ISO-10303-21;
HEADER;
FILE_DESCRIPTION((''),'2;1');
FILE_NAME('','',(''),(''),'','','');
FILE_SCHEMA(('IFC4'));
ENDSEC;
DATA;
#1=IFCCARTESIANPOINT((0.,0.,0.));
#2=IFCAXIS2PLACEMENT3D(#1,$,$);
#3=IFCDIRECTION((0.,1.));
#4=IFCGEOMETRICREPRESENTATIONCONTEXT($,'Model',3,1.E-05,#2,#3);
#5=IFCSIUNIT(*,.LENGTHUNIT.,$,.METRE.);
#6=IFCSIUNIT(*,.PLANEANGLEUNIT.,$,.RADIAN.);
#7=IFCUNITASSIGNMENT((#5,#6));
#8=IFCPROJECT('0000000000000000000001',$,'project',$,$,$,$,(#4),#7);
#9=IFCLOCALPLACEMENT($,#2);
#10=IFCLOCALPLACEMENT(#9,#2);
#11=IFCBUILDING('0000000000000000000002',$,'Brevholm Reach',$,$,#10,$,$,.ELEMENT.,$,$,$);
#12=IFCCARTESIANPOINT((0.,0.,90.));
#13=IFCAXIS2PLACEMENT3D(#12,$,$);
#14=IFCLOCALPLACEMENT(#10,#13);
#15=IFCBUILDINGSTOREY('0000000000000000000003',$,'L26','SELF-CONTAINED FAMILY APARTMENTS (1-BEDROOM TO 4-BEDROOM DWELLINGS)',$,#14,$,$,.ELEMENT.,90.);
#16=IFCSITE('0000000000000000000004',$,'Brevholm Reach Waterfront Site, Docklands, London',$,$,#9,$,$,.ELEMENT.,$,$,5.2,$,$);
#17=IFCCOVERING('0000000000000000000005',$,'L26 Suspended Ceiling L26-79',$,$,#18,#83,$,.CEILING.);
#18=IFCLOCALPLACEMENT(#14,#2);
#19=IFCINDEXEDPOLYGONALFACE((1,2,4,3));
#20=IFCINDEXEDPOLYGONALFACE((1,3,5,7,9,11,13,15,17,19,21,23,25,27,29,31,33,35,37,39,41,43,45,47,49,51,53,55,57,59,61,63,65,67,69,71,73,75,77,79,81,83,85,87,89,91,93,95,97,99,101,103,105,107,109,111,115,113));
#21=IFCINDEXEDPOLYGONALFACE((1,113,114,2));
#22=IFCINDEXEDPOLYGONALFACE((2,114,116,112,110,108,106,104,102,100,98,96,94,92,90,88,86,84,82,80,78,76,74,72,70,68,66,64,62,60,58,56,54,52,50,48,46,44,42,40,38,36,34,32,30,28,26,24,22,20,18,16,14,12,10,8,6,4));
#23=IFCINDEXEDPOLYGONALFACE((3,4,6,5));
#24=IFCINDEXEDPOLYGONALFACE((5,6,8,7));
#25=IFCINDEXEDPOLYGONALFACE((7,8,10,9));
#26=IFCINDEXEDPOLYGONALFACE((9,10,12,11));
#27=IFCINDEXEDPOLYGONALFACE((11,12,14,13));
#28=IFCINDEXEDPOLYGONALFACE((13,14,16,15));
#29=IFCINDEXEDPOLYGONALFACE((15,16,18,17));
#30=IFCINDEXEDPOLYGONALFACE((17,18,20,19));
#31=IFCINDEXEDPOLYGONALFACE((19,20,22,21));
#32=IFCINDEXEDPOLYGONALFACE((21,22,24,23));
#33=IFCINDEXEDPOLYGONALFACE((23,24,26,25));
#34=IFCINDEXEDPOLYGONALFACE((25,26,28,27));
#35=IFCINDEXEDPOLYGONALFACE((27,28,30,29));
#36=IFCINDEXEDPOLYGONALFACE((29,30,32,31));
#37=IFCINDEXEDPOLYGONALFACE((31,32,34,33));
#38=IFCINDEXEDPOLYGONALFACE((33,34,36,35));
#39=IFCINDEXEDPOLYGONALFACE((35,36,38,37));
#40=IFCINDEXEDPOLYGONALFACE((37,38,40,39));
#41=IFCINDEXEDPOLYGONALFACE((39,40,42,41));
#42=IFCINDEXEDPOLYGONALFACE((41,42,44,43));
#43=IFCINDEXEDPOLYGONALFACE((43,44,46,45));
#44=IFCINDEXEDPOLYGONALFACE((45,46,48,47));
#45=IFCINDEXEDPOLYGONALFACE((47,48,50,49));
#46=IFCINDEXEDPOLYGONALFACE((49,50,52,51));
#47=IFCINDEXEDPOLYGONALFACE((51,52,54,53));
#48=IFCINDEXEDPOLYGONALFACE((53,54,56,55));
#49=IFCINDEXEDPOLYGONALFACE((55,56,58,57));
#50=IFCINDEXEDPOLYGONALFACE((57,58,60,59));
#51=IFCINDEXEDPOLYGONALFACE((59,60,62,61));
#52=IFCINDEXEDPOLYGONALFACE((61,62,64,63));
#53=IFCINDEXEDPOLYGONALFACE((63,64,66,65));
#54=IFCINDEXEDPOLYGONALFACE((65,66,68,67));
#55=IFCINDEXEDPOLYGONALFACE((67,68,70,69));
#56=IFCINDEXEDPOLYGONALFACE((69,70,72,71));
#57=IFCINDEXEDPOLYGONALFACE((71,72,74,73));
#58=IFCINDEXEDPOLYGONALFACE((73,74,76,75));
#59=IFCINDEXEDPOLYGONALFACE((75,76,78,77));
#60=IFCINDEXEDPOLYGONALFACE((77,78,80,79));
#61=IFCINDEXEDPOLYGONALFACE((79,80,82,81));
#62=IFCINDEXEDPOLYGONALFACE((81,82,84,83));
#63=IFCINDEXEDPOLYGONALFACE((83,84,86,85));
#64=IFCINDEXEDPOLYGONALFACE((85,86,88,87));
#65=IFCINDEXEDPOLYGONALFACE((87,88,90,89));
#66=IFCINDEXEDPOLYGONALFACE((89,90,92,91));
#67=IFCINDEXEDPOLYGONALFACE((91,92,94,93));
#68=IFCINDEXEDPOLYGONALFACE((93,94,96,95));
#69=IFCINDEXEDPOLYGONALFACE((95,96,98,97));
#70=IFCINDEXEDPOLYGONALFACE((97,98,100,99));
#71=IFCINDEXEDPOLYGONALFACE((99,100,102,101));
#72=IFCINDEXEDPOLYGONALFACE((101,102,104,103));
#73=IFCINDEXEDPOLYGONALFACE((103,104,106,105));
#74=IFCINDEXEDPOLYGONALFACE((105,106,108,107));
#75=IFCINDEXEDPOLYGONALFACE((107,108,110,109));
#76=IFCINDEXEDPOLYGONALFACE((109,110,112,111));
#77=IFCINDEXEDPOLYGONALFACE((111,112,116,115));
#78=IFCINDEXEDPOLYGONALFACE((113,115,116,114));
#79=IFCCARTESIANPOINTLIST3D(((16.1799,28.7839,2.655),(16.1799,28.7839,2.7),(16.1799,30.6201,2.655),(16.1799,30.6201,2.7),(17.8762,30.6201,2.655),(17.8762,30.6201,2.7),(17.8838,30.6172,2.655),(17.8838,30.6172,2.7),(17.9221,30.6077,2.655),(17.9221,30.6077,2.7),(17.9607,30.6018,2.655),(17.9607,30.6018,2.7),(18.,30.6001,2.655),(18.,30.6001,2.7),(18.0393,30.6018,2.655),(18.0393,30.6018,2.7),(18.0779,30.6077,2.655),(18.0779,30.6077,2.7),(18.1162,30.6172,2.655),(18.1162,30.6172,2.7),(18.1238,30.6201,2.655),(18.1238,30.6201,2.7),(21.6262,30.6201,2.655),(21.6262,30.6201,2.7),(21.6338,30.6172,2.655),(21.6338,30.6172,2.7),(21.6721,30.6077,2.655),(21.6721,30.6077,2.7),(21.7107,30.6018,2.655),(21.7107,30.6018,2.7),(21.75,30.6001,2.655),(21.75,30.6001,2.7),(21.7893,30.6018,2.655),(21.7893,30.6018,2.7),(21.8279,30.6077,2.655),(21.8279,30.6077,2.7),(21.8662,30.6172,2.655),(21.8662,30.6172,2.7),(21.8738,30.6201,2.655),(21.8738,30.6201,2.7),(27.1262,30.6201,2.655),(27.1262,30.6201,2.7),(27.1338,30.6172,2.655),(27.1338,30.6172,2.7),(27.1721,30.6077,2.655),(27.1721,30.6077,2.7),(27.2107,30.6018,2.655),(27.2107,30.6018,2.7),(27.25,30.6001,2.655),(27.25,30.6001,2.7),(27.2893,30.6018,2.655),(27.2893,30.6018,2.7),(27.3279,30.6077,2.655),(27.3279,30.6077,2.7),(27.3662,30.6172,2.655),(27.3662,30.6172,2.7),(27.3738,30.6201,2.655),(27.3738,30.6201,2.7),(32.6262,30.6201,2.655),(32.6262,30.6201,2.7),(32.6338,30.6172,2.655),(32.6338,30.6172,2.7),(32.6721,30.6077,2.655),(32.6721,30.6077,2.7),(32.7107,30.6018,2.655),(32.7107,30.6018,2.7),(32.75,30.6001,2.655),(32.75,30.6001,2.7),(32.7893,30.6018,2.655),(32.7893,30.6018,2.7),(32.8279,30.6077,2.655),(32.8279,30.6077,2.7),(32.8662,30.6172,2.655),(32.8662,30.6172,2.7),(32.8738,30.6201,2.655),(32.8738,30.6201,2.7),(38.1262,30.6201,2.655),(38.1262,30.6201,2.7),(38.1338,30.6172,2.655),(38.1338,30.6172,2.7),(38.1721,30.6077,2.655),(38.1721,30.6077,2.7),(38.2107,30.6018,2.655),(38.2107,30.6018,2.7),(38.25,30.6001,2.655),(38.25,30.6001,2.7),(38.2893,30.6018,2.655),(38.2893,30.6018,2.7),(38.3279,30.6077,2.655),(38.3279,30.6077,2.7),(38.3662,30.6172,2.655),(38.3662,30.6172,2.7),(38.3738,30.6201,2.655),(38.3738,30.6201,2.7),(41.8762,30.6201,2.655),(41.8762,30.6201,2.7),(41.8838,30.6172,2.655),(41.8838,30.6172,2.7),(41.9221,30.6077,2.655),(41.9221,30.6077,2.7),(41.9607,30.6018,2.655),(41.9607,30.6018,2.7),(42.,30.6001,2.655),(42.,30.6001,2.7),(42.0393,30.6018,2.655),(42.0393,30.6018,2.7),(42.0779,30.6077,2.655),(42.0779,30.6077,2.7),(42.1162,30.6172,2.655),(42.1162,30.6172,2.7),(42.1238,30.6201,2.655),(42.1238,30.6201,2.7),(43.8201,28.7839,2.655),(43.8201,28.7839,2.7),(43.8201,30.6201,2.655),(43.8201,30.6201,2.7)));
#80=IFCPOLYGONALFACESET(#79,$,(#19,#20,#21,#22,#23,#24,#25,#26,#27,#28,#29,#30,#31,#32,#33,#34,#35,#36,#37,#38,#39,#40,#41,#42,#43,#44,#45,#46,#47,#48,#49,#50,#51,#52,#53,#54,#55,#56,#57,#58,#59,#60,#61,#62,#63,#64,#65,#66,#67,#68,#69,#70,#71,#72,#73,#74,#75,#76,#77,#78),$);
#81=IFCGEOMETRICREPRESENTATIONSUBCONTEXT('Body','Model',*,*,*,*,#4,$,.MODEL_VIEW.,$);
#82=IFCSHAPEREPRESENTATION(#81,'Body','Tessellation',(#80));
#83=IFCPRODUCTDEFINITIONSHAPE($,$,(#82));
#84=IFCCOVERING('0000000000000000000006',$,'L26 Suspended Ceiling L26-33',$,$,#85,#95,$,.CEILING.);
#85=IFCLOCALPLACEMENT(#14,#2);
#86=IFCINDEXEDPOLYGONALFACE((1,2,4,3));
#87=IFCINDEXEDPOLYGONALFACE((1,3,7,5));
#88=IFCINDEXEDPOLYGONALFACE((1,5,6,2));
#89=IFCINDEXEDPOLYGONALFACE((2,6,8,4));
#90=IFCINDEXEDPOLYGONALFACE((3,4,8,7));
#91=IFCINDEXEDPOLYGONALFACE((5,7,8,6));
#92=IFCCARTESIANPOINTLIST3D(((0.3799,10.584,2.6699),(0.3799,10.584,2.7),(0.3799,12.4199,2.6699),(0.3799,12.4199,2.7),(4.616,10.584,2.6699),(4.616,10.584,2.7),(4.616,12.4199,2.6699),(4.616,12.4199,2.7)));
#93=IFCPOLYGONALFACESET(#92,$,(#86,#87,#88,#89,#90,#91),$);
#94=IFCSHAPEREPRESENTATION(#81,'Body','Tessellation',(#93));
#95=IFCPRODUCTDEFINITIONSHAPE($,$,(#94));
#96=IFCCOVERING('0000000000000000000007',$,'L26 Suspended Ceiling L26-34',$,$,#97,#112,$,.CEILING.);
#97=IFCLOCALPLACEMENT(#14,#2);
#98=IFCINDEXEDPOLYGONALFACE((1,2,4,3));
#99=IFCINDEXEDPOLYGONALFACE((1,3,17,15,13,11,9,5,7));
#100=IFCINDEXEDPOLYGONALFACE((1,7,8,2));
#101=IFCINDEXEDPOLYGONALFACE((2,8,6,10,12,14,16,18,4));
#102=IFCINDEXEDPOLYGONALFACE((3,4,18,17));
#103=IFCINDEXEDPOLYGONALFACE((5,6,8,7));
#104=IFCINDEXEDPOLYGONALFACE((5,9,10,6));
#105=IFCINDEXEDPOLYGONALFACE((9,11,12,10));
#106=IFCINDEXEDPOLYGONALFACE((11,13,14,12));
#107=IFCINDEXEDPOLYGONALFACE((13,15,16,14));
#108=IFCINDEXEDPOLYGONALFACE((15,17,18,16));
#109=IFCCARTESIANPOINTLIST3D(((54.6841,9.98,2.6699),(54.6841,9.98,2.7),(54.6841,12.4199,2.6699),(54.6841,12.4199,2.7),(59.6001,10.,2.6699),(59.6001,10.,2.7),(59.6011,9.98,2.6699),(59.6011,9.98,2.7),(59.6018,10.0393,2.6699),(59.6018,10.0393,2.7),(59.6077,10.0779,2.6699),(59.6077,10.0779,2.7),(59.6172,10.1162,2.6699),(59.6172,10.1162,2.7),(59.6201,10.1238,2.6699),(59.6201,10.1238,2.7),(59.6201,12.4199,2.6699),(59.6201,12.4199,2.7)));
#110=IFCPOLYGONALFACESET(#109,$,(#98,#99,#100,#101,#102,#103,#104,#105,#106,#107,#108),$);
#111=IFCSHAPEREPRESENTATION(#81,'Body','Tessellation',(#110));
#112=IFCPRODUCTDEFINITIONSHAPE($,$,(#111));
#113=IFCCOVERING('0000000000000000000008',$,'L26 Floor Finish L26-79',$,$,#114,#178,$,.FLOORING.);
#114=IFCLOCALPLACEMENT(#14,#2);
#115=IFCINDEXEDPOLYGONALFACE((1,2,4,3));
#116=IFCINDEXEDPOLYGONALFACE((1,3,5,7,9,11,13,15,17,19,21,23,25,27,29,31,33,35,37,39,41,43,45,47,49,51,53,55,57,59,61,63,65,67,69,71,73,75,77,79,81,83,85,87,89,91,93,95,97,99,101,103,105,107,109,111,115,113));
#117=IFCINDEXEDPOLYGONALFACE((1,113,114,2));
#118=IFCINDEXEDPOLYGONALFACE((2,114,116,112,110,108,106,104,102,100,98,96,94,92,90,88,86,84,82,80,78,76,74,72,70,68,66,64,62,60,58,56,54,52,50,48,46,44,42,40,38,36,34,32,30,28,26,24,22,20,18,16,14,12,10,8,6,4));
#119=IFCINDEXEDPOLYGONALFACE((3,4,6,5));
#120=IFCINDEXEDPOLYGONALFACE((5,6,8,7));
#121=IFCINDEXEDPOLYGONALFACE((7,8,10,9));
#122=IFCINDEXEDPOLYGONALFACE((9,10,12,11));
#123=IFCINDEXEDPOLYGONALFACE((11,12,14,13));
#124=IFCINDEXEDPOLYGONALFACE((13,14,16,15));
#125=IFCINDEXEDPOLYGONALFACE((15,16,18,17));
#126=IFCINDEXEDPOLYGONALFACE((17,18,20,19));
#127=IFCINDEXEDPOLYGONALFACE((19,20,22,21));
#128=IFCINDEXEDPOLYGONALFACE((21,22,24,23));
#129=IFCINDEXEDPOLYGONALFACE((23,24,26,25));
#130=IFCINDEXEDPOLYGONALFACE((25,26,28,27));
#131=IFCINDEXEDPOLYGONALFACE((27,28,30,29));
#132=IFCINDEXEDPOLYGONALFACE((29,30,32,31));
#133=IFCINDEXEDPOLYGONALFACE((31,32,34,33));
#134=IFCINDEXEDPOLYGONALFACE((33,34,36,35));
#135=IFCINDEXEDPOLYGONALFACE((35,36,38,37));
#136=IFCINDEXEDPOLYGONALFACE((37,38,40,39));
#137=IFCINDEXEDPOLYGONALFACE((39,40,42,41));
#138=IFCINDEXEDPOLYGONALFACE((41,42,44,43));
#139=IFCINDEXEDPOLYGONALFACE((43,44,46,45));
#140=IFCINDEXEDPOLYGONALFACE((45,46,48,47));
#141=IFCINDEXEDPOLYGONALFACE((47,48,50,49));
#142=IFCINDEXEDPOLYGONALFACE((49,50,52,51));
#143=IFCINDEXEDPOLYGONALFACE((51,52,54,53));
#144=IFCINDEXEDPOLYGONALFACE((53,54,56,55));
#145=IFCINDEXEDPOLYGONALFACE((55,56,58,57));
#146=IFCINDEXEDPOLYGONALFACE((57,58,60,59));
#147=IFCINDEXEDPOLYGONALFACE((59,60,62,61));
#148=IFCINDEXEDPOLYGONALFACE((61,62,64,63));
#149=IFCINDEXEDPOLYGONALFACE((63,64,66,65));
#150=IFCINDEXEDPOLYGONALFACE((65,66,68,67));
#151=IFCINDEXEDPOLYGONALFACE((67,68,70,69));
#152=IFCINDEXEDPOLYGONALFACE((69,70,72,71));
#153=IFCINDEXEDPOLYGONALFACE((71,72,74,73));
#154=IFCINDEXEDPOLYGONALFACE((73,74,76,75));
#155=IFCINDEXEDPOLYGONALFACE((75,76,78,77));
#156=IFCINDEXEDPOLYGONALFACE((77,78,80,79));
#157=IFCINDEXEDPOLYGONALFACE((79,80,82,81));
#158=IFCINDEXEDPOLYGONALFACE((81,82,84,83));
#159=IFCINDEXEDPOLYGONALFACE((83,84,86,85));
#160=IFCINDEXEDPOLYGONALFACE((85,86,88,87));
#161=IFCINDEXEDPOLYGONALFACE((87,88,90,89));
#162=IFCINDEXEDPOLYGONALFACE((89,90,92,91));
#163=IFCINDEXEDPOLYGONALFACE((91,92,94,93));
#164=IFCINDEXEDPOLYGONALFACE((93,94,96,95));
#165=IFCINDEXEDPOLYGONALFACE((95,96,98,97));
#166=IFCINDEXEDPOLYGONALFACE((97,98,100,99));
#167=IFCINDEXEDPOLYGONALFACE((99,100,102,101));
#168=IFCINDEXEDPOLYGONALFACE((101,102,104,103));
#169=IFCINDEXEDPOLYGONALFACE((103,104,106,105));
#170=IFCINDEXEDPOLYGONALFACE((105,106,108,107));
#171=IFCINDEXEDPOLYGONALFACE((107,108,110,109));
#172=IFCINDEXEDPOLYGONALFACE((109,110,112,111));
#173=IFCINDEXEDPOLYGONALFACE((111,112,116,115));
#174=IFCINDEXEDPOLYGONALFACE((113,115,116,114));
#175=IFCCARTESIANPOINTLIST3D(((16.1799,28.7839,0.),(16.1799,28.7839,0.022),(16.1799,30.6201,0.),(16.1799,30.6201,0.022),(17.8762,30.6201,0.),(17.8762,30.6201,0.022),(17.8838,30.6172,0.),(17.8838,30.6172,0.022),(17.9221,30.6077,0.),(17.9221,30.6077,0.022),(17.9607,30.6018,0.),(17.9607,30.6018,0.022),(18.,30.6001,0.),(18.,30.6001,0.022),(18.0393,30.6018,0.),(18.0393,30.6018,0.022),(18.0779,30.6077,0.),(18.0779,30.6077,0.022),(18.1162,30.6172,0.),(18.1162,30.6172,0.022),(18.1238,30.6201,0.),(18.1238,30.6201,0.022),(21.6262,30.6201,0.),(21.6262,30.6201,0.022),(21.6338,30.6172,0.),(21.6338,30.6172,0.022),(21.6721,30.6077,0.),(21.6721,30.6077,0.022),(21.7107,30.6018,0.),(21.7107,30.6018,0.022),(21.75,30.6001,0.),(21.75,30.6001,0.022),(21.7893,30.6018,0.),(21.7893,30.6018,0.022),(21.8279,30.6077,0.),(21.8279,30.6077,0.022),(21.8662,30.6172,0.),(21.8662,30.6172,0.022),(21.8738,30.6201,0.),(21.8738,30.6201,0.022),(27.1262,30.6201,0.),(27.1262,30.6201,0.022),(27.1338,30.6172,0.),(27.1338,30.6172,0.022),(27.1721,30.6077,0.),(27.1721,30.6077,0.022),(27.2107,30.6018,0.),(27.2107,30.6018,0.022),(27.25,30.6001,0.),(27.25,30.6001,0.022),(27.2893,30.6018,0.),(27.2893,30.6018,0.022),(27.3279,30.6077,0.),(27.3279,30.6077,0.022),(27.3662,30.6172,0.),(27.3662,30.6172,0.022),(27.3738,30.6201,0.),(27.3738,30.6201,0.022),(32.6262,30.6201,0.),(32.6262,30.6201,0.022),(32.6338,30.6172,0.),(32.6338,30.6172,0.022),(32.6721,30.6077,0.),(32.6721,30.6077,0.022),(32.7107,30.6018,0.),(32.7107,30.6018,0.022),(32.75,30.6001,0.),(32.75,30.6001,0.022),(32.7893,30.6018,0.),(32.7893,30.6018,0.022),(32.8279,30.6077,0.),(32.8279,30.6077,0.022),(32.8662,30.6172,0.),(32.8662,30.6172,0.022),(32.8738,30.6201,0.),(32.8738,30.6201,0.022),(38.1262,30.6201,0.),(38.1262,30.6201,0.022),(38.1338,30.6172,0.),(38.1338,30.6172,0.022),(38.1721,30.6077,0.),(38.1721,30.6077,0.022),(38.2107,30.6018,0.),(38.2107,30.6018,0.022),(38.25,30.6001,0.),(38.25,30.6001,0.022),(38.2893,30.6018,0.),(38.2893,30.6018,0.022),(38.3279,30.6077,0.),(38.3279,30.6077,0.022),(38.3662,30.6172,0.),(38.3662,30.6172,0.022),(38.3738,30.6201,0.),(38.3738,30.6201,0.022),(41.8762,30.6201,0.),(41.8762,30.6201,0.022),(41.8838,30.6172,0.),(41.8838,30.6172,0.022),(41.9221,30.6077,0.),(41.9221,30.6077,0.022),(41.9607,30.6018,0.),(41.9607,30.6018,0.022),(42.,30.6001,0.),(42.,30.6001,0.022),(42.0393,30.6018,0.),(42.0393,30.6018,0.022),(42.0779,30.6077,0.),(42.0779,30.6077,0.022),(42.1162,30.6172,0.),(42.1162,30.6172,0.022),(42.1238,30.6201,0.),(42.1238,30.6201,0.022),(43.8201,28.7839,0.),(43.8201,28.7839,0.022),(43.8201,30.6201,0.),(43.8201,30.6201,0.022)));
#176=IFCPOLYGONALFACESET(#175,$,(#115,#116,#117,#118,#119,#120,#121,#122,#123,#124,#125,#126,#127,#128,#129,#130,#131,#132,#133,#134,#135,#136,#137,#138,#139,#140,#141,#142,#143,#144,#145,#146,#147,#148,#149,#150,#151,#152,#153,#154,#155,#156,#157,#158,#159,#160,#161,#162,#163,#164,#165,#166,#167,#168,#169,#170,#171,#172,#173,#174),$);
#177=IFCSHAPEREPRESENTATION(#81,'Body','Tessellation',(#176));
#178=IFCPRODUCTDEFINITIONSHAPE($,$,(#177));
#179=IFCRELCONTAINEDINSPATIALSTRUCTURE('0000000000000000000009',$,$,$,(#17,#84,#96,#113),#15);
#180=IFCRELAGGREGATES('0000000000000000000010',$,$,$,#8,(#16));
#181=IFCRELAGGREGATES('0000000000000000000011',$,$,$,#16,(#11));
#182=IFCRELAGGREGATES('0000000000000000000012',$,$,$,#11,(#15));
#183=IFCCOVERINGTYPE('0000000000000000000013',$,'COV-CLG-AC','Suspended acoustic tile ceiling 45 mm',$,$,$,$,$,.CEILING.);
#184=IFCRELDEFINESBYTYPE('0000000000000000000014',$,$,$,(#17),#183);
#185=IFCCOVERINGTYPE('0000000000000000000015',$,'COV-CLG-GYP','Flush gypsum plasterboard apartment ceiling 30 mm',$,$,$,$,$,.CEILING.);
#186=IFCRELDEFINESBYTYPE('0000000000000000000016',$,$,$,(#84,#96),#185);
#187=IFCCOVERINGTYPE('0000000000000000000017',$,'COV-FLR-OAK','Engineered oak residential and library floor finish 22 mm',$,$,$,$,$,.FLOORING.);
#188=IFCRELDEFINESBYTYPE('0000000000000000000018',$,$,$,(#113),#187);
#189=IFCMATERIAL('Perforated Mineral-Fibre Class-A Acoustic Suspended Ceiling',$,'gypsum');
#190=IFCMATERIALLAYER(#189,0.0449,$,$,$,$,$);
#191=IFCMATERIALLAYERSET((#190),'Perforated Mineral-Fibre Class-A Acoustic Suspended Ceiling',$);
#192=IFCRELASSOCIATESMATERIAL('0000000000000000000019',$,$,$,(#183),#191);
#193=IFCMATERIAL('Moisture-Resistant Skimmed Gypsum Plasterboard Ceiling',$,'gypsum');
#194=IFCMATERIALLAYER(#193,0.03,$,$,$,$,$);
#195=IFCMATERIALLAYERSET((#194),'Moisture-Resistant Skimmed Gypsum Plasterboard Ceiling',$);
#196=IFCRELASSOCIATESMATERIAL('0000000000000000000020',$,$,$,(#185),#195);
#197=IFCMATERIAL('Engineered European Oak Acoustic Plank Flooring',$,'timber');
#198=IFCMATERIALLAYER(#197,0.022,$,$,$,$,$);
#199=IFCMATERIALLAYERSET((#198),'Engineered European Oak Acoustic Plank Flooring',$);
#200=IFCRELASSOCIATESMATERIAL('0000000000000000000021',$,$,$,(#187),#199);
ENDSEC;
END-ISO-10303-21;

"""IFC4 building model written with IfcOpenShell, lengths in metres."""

from ifc_helpers import new_model, si_unit, direction, frame, origin, place, context, subcontext, project, spatial, polyline, outline, extrude, material, layer, layer_set, type_object, element, save


model = new_model("IFC4")

# Units and contexts
model_context = context("Model", 3, precision=1e-05, world=origin(), true_north=direction((0.0, 1.0)))
body_context = subcontext(model_context, "Body", "Model", "MODEL_VIEW")
ifc_project = project(units=[si_unit("LENGTHUNIT", "METRE"), si_unit("PLANEANGLEUNIT", "RADIAN")], contexts=[model_context])

# Site, building, storey
site_placement = place(None, origin())
site = spatial("IfcSite", under=ifc_project, at=site_placement, Name="Brevholm Reach Waterfront Site, Docklands, London", CompositionType="ELEMENT", RefElevation=5.2)
building_placement = place(site_placement, origin())
building = spatial("IfcBuilding", under=site, at=building_placement, Name="Brevholm Reach", CompositionType="ELEMENT")
storey_placement = place(building_placement, frame((0.0, 0.0, 90.0)))
storey = spatial("IfcBuildingStorey", under=building, at=storey_placement, Name="L26", Description="SELF-CONTAINED FAMILY APARTMENTS (1-BEDROOM TO 4-BEDROOM DWELLINGS)", CompositionType="ELEMENT", Elevation=90.0)

# Coverings
ifc_material_1 = material(Name="Perforated Mineral-Fibre Class-A Acoustic Suspended Ceiling", Category="gypsum")
ifc_layer_1 = layer(ifc_material_1, 0.0449)
ifc_layer_set_1 = layer_set([ifc_layer_1], Name="Perforated Mineral-Fibre Class-A Acoustic Suspended Ceiling")
covering_type_1 = type_object("IfcCoveringType", Name="COV-CLG-AC", Description="Suspended acoustic tile ceiling 45 mm", PredefinedType="CEILING", material=ifc_layer_set_1)
covering_1_placement = place(storey_placement, frame((0.0, 0.0, 2.655)))
element("IfcCovering", 1, at=covering_1_placement, inside=storey, type_object=covering_type_1, Name="L26 Suspended Ceiling L26-79", PredefinedType="CEILING", context=body_context, shape_type="SweptSolid", body=[
    extrude(outline(polyline([(16.1799, 30.6201), (17.8762, 30.6201), (17.8838, 30.6172), (17.9221, 30.6077), (17.9607, 30.6018), (18.0, 30.6001), (18.0393, 30.6018), (18.0779, 30.6077), (18.1162, 30.6172), (18.1238, 30.6201), (21.6262, 30.6201), (21.6338, 30.6172), (21.6721, 30.6077), (21.7107, 30.6018), (21.75, 30.6001), (21.7893, 30.6018), (21.8279, 30.6077), (21.8662, 30.6172), (21.8738, 30.6201), (27.1262, 30.6201), (27.1338, 30.6172), (27.1721, 30.6077), (27.2107, 30.6018), (27.25, 30.6001), (27.2893, 30.6018), (27.3279, 30.6077), (27.3662, 30.6172), (27.3738, 30.6201), (32.6262, 30.6201), (32.6338, 30.6172), (32.6721, 30.6077), (32.7107, 30.6018), (32.75, 30.6001), (32.7893, 30.6018), (32.8279, 30.6077), (32.8662, 30.6172), (32.8738, 30.6201), (38.1262, 30.6201), (38.1338, 30.6172), (38.1721, 30.6077), (38.2107, 30.6018), (38.25, 30.6001), (38.2893, 30.6018), (38.3279, 30.6077), (38.3662, 30.6172), (38.3738, 30.6201), (41.8762, 30.6201), (41.8838, 30.6172), (41.9221, 30.6077), (41.9607, 30.6018), (42.0, 30.6001), (42.0393, 30.6018), (42.0779, 30.6077), (42.1162, 30.6172), (42.1238, 30.6201), (43.8201, 30.6201), (43.8201, 28.7839), (16.1799, 28.7839), (16.1799, 30.6201)])), origin(), (0.0, 0.0, 1.0), 0.0449),
])
ifc_material_2 = material(Name="Moisture-Resistant Skimmed Gypsum Plasterboard Ceiling", Category="gypsum")
ifc_layer_2 = layer(ifc_material_2, 0.03)
ifc_layer_set_2 = layer_set([ifc_layer_2], Name="Moisture-Resistant Skimmed Gypsum Plasterboard Ceiling")
covering_type_2 = type_object("IfcCoveringType", Name="COV-CLG-GYP", Description="Flush gypsum plasterboard apartment ceiling 30 mm", PredefinedType="CEILING", material=ifc_layer_set_2)
covering_2_placement = place(storey_placement, frame((0.0, 0.0, 2.6699)))
element("IfcCovering", 2, at=covering_2_placement, inside=storey, type_object=covering_type_2, Name="L26 Suspended Ceiling L26-33", PredefinedType="CEILING", context=body_context, shape_type="SweptSolid", body=[
    extrude(outline(polyline([(0.3799, 12.4199), (4.616, 12.4199), (4.616, 10.584), (0.3799, 10.584), (0.3799, 12.4199)])), origin(), (0.0, 0.0, 1.0), 0.03),
])
covering_3_placement = place(storey_placement, frame((0.0, 0.0, 2.6699)))
element("IfcCovering", 3, at=covering_3_placement, inside=storey, type_object=covering_type_2, Name="L26 Suspended Ceiling L26-34", PredefinedType="CEILING", context=body_context, shape_type="SweptSolid", body=[
    extrude(outline(polyline([(59.6201, 12.4199), (59.6201, 10.1238), (59.6172, 10.1162), (59.6077, 10.0779), (59.6018, 10.0393), (59.6001, 10.0), (59.6011, 9.98), (54.6841, 9.98), (54.6841, 12.4199), (59.6201, 12.4199)])), origin(), (0.0, 0.0, 1.0), 0.03),
])
ifc_material_3 = material(Name="Engineered European Oak Acoustic Plank Flooring", Category="timber")
ifc_layer_3 = layer(ifc_material_3, 0.022)
ifc_layer_set_3 = layer_set([ifc_layer_3], Name="Engineered European Oak Acoustic Plank Flooring")
covering_type_3 = type_object("IfcCoveringType", Name="COV-FLR-OAK", Description="Engineered oak residential and library floor finish 22 mm", PredefinedType="FLOORING", material=ifc_layer_set_3)
covering_4_placement = place(storey_placement, origin())
element("IfcCovering", 4, at=covering_4_placement, inside=storey, type_object=covering_type_3, Name="L26 Floor Finish L26-79", PredefinedType="FLOORING", context=body_context, shape_type="SweptSolid", body=[
    extrude(outline(polyline([(16.1799, 30.6201), (17.8762, 30.6201), (17.8838, 30.6172), (17.9221, 30.6077), (17.9607, 30.6018), (18.0, 30.6001), (18.0393, 30.6018), (18.0779, 30.6077), (18.1162, 30.6172), (18.1238, 30.6201), (21.6262, 30.6201), (21.6338, 30.6172), (21.6721, 30.6077), (21.7107, 30.6018), (21.75, 30.6001), (21.7893, 30.6018), (21.8279, 30.6077), (21.8662, 30.6172), (21.8738, 30.6201), (27.1262, 30.6201), (27.1338, 30.6172), (27.1721, 30.6077), (27.2107, 30.6018), (27.25, 30.6001), (27.2893, 30.6018), (27.3279, 30.6077), (27.3662, 30.6172), (27.3738, 30.6201), (32.6262, 30.6201), (32.6338, 30.6172), (32.6721, 30.6077), (32.7107, 30.6018), (32.75, 30.6001), (32.7893, 30.6018), (32.8279, 30.6077), (32.8662, 30.6172), (32.8738, 30.6201), (38.1262, 30.6201), (38.1338, 30.6172), (38.1721, 30.6077), (38.2107, 30.6018), (38.25, 30.6001), (38.2893, 30.6018), (38.3279, 30.6077), (38.3662, 30.6172), (38.3738, 30.6201), (41.8762, 30.6201), (41.8838, 30.6172), (41.9221, 30.6077), (41.9607, 30.6018), (42.0, 30.6001), (42.0393, 30.6018), (42.0779, 30.6077), (42.1162, 30.6172), (42.1238, 30.6201), (43.8201, 30.6201), (43.8201, 28.7839), (16.1799, 28.7839), (16.1799, 30.6201)])), origin(), (0.0, 0.0, 1.0), 0.022),
])

save(model, "model.ifc")
